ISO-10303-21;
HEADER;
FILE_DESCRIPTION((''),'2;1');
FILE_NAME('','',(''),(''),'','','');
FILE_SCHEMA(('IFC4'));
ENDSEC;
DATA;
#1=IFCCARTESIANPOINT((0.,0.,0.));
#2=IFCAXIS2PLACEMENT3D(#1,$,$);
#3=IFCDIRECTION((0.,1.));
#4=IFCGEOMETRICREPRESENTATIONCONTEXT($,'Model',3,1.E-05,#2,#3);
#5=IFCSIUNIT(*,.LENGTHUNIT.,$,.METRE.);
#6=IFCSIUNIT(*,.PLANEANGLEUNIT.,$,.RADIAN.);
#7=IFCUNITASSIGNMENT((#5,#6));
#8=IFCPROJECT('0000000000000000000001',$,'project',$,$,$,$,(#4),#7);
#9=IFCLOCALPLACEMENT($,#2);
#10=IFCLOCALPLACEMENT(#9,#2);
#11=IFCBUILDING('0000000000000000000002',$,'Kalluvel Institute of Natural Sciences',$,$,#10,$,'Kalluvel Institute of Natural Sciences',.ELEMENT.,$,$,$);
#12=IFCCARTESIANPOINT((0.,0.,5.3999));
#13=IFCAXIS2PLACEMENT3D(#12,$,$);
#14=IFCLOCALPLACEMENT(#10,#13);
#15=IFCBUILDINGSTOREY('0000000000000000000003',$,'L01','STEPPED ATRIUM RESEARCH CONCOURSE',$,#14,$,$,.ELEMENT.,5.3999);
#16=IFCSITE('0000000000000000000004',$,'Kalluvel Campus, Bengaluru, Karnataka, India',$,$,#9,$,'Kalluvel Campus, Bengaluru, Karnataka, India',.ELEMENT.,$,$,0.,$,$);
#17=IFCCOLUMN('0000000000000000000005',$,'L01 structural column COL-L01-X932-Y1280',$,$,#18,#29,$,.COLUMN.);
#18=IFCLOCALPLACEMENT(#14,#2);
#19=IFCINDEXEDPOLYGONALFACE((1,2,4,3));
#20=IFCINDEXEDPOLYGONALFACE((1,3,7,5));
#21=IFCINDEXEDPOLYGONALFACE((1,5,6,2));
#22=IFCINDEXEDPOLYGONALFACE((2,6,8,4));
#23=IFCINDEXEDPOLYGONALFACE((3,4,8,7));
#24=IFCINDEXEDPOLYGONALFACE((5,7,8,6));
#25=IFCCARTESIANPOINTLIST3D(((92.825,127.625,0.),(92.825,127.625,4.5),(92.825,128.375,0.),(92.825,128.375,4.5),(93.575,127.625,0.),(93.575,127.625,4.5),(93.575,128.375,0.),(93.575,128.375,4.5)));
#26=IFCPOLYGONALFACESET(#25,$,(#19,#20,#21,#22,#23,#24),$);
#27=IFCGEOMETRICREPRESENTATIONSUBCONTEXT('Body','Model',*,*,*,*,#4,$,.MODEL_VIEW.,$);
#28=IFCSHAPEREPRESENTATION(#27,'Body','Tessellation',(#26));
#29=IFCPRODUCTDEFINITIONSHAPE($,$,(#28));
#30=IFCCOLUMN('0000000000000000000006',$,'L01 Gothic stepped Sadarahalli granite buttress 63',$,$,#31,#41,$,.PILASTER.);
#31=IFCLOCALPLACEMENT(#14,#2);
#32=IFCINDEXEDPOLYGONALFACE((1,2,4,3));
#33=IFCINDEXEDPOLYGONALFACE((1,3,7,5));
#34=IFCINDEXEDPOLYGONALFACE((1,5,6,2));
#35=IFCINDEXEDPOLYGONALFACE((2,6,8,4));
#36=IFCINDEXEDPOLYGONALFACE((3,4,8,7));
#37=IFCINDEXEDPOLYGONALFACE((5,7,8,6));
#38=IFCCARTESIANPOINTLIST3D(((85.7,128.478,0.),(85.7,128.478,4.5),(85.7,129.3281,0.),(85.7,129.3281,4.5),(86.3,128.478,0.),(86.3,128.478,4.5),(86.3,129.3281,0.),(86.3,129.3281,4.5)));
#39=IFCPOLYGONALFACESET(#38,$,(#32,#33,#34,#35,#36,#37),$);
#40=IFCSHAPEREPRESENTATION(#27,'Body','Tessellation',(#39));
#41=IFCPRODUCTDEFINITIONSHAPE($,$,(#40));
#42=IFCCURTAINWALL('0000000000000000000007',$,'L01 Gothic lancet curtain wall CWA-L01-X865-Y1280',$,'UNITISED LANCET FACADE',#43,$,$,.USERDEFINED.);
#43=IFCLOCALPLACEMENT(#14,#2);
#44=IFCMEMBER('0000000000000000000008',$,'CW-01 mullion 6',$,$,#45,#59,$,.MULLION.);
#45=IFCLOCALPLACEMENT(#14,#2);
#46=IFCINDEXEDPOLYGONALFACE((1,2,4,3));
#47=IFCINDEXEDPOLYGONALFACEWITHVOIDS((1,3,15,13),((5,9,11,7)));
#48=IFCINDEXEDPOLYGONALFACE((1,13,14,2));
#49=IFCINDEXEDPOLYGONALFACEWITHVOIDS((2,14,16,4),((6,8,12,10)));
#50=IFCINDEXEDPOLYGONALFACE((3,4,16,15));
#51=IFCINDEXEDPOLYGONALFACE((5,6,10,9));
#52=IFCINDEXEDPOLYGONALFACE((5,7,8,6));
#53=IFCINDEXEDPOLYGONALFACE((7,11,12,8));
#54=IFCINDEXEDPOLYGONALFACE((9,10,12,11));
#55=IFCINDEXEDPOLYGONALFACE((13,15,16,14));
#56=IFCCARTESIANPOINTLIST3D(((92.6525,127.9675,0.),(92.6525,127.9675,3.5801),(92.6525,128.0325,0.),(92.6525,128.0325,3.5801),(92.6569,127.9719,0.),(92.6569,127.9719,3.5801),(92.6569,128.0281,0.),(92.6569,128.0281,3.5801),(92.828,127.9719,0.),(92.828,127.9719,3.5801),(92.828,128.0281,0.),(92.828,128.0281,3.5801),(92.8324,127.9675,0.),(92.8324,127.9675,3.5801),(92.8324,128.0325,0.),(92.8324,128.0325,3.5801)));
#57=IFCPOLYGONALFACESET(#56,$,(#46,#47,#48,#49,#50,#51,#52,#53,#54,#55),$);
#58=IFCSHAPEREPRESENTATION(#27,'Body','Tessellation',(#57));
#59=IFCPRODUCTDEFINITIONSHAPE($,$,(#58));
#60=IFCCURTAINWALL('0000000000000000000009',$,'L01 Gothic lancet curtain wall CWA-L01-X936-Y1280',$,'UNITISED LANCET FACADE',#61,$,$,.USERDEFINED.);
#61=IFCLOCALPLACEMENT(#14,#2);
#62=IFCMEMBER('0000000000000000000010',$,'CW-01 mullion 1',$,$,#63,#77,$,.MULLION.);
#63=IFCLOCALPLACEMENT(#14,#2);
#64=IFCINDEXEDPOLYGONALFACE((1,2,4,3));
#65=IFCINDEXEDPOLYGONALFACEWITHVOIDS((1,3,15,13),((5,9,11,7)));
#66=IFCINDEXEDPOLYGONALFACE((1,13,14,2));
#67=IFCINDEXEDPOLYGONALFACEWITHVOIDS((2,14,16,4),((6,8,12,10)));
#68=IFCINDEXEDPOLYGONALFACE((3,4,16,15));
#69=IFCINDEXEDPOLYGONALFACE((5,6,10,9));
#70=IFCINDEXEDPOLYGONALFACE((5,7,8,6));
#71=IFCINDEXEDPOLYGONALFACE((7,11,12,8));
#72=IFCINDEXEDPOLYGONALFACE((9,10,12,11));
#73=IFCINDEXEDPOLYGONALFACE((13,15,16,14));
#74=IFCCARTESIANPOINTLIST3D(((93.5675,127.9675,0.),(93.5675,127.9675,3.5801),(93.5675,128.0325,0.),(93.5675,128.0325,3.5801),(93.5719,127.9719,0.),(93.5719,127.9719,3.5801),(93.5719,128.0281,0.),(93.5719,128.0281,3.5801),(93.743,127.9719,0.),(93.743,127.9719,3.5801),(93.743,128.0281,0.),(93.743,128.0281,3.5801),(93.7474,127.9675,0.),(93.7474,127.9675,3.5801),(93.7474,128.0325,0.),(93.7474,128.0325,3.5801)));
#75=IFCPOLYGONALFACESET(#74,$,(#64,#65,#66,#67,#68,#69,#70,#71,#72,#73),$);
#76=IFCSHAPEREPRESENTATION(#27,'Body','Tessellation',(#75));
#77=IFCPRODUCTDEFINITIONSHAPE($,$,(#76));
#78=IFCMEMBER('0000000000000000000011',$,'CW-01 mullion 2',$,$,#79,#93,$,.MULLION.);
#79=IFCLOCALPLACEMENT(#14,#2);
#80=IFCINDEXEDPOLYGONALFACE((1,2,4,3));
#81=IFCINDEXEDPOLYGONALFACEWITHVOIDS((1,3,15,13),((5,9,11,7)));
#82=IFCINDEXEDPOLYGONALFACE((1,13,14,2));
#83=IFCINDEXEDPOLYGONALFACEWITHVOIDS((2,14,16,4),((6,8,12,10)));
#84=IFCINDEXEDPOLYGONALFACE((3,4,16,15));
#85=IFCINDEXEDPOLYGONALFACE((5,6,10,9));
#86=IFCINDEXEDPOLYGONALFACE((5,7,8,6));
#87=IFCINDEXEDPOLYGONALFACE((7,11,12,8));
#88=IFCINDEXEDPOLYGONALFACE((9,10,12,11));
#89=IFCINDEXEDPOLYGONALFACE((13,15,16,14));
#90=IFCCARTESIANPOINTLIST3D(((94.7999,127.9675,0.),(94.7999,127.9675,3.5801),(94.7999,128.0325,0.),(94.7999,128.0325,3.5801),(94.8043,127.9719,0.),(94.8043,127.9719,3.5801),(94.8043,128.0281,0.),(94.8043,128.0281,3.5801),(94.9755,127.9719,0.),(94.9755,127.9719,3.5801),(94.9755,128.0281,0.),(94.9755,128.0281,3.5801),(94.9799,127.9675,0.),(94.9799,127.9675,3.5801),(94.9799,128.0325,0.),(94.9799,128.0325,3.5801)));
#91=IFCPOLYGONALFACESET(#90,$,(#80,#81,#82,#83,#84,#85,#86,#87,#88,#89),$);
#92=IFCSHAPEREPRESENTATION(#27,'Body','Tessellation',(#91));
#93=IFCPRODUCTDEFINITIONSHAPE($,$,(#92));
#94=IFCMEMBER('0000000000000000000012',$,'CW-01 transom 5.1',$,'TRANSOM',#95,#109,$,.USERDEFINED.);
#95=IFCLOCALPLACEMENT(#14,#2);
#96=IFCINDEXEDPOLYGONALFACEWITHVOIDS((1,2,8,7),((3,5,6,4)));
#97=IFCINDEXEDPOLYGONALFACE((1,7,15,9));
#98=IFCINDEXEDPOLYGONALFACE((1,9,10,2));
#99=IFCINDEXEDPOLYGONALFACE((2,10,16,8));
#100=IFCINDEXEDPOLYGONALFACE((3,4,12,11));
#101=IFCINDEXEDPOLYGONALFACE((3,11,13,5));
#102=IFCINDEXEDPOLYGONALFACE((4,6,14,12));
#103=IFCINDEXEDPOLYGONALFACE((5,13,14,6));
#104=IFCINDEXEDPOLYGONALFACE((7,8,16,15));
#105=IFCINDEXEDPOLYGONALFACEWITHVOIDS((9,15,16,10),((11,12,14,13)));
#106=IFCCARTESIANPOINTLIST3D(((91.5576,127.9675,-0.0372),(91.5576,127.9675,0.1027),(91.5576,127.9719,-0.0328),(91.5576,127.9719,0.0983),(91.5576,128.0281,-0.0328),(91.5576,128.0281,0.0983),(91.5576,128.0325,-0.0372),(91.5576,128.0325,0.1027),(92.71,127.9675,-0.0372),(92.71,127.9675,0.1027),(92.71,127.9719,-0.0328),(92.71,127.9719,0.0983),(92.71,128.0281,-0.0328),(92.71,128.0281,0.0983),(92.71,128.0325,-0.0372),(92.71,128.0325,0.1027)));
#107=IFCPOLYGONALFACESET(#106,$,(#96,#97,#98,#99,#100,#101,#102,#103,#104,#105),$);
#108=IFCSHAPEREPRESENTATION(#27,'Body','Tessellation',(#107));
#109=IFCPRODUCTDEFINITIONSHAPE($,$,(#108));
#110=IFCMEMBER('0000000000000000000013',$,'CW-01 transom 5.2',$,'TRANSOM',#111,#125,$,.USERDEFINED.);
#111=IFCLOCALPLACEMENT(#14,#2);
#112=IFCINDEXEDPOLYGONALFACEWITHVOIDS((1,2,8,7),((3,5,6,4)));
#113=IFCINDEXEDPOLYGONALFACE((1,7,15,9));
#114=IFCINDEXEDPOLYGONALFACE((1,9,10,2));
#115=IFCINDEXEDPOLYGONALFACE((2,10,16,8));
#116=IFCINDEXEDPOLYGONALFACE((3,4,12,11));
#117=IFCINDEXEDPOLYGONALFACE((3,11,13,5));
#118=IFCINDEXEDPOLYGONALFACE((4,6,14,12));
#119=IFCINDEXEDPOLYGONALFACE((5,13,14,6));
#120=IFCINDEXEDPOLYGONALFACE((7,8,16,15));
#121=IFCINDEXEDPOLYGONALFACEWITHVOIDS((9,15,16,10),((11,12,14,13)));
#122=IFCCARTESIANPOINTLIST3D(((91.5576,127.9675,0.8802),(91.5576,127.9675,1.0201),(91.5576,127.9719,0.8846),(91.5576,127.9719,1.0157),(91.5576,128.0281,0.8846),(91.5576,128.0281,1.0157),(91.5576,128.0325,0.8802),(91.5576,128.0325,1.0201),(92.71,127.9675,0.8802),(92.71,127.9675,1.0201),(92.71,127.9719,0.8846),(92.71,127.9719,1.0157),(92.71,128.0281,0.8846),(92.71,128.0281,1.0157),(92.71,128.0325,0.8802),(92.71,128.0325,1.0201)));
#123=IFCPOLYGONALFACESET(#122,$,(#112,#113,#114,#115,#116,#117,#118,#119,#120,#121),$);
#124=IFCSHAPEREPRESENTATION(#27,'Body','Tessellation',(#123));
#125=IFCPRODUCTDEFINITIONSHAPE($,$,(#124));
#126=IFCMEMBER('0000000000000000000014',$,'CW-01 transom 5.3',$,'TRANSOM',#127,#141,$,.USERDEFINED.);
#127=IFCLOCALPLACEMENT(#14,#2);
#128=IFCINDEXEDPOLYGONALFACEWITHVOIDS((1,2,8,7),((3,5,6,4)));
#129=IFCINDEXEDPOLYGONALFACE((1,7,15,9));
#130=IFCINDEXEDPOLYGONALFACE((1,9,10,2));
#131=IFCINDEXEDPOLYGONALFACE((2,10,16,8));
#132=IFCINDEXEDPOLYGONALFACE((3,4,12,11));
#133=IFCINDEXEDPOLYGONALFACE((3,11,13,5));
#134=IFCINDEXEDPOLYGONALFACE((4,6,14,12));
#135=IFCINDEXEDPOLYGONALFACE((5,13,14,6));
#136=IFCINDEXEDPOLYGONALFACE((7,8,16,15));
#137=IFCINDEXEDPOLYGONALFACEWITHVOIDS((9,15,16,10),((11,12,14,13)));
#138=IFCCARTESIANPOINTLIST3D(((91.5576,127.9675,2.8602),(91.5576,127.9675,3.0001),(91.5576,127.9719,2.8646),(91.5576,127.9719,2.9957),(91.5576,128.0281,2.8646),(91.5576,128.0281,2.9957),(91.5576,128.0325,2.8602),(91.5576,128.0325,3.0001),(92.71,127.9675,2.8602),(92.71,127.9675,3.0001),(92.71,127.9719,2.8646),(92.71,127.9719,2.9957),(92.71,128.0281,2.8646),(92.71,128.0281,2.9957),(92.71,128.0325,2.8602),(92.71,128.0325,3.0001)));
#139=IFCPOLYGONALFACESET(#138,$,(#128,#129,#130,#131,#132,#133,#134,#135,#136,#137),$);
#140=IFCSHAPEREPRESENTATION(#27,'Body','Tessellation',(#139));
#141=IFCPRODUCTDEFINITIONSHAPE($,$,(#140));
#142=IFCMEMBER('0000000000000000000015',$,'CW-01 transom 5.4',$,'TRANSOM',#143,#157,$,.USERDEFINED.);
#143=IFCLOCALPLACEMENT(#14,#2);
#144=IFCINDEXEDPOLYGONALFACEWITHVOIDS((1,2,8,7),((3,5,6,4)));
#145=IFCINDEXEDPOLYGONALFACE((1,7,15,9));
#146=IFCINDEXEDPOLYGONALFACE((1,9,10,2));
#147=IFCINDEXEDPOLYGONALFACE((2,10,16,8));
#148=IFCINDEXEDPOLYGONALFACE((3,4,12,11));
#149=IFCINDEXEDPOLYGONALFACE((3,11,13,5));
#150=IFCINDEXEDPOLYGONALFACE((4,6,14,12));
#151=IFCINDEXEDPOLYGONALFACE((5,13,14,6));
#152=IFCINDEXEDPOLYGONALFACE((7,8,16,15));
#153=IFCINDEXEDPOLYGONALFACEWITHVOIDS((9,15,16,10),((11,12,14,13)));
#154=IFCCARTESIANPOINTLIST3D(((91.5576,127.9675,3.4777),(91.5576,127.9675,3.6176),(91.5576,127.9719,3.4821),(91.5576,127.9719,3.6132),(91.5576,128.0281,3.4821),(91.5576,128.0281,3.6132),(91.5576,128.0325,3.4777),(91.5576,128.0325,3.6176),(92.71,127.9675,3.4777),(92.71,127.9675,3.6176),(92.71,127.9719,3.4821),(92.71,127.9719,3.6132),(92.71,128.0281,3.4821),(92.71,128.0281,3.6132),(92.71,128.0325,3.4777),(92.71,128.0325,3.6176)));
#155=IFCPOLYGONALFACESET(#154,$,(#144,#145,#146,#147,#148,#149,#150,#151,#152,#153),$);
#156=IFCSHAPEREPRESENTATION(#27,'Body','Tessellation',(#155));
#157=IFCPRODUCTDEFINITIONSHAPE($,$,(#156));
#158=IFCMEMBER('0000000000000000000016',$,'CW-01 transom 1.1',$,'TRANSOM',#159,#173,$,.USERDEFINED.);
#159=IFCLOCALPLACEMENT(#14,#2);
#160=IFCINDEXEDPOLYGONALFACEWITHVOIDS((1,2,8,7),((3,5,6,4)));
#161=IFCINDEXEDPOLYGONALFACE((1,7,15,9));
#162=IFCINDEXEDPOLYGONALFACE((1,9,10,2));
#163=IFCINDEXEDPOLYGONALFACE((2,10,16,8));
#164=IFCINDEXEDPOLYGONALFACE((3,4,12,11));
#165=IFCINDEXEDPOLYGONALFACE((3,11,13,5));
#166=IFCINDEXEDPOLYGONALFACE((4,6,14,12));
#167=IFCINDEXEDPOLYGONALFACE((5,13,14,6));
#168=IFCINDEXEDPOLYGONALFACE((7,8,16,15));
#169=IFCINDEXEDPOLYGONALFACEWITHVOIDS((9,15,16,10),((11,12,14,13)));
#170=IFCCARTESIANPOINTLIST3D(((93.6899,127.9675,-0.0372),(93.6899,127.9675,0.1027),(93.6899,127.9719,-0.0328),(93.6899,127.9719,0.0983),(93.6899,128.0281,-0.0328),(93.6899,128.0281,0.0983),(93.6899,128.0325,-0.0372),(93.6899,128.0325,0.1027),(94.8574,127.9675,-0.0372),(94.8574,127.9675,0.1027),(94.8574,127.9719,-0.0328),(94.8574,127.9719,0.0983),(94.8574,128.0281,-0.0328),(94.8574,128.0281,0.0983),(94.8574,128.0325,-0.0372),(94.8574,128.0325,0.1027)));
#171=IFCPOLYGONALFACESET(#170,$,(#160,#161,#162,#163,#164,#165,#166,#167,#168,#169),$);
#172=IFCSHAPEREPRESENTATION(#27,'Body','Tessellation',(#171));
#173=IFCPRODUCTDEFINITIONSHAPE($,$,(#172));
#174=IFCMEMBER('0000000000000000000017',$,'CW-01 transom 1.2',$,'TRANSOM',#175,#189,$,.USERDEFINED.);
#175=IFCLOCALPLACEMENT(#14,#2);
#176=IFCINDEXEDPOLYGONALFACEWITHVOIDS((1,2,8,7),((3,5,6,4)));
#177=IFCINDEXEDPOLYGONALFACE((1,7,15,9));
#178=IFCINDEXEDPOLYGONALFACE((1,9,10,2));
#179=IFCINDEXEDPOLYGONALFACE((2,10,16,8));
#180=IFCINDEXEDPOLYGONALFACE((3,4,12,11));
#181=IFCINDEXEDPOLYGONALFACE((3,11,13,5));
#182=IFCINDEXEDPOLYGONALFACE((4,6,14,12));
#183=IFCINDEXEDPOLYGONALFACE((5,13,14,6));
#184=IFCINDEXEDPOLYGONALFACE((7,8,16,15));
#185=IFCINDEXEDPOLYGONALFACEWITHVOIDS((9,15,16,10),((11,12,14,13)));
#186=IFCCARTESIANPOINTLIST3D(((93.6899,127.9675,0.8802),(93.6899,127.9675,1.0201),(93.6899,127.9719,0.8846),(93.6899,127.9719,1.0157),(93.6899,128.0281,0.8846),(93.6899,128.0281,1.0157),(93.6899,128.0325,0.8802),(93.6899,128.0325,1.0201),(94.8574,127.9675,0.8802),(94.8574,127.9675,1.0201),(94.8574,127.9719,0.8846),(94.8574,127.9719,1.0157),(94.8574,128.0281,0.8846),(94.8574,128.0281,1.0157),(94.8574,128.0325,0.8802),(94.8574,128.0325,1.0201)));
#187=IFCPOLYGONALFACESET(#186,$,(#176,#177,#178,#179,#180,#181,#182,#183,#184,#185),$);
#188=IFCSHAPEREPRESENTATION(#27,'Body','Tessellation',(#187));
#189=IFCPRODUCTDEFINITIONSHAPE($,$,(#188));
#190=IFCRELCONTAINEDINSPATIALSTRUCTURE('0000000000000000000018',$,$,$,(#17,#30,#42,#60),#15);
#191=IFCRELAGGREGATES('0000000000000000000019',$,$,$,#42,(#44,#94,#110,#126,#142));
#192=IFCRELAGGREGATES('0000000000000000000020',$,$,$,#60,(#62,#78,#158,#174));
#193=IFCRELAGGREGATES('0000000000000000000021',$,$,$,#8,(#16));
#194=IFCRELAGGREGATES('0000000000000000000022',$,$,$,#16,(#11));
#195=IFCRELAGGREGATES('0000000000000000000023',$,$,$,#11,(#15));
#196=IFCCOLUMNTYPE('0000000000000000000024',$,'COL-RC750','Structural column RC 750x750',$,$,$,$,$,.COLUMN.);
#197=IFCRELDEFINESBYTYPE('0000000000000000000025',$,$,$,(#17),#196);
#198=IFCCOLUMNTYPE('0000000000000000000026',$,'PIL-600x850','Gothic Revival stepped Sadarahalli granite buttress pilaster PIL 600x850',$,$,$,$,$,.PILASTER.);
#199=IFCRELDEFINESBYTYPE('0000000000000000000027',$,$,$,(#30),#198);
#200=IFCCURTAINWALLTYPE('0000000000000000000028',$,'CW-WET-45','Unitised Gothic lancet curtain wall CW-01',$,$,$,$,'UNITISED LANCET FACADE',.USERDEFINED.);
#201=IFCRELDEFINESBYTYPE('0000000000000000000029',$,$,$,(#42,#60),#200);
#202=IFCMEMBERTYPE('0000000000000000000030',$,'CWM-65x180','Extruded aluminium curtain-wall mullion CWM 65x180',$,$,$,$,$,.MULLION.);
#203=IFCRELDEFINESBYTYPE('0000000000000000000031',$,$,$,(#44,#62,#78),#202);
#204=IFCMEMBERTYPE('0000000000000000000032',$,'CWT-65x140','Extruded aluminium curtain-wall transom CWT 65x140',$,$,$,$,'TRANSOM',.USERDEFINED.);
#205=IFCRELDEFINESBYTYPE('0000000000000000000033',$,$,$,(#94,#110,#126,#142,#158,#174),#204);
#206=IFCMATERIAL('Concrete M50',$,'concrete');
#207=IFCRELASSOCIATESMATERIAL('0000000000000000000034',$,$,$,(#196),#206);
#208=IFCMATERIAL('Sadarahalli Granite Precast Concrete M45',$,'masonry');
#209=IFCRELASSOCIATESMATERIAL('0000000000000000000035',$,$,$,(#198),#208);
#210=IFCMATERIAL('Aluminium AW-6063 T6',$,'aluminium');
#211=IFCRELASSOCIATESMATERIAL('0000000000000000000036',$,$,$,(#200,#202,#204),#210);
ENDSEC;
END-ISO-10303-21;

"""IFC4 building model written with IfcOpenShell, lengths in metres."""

from ifc_helpers import new_model, si_unit, direction, frame, origin, origin_2d, place, context, subcontext, project, spatial, rectangle, hollow_rectangle, extrude, material, material_profile, profile_set, type_object, element, aggregate, save


model = new_model("IFC4")

# Units and contexts
model_context = context("Model", 3, precision=1e-05, world=origin(), true_north=direction((0.0, 1.0)))
body_context = subcontext(model_context, "Body", "Model", "MODEL_VIEW")
ifc_project = project(units=[si_unit("LENGTHUNIT", "METRE"), si_unit("PLANEANGLEUNIT", "RADIAN")], contexts=[model_context])

# Site, building, storey
site_placement = place(None, origin())
site = spatial("IfcSite", under=ifc_project, at=site_placement, Name="Kalluvel Campus, Bengaluru, Karnataka, India", LongName="Kalluvel Campus, Bengaluru, Karnataka, India", CompositionType="ELEMENT", RefElevation=0.0)
building_placement = place(site_placement, origin())
building = spatial("IfcBuilding", under=site, at=building_placement, Name="Kalluvel Institute of Natural Sciences", LongName="Kalluvel Institute of Natural Sciences", CompositionType="ELEMENT")
storey_placement = place(building_placement, frame((0.0, 0.0, 5.3999)))
storey = spatial("IfcBuildingStorey", under=building, at=storey_placement, Name="L01", Description="STEPPED ATRIUM RESEARCH CONCOURSE", CompositionType="ELEMENT", Elevation=5.3999)

# Columns
ifc_material_1 = material(Name="Concrete M50", Category="concrete")
ifc_material_profile_1 = material_profile(ifc_material_1, rectangle(XDim=0.75, YDim=0.75, at=origin_2d()), Name="RC 750x750")
ifc_profile_set_1 = profile_set([ifc_material_profile_1], Name="Concrete M50")
column_type_1 = type_object("IfcColumnType", Name="COL-RC750", Description="Structural column RC 750x750", PredefinedType="COLUMN", material=ifc_profile_set_1)
column_1_placement = place(storey_placement, frame((93.2, 128.0, 0.0), z_axis=(0.0, 0.0, 1.0), x_axis=(1.0, 0.0, 0.0)))
element("IfcColumn", 1, at=column_1_placement, inside=storey, type_object=column_type_1, Name="L01 structural column COL-L01-X932-Y1280", PredefinedType="COLUMN", context=body_context, shape_type="SweptSolid", body=[
    extrude(rectangle(XDim=0.75, YDim=0.75, at=origin_2d()), origin(), (0.0, 0.0, 1.0), 4.5),
])
ifc_material_2 = material(Name="Sadarahalli Granite Precast Concrete M45", Category="masonry")
ifc_material_profile_2 = material_profile(ifc_material_2, rectangle(XDim=0.6001, YDim=0.8501, at=origin_2d()), Name="PIL 600x850")
ifc_profile_set_2 = profile_set([ifc_material_profile_2], Name="Sadarahalli Granite Precast Concrete M45")
column_type_2 = type_object("IfcColumnType", Name="PIL-600x850", Description="Gothic Revival stepped Sadarahalli granite buttress pilaster PIL 600x850", PredefinedType="PILASTER", material=ifc_profile_set_2)
column_2_placement = place(storey_placement, frame((86.0, 128.9031, 0.0), z_axis=(0.0, 0.0, 1.0), x_axis=(1.0, 0.0, 0.0)))
element("IfcColumn", 2, at=column_2_placement, inside=storey, type_object=column_type_2, Name="L01 Gothic stepped Sadarahalli granite buttress 63", PredefinedType="PILASTER", context=body_context, shape_type="SweptSolid", body=[
    extrude(rectangle(XDim=0.6001, YDim=0.8501, at=origin_2d()), origin(), (0.0, 0.0, 1.0), 4.5),
])

# Curtain wall, member
ifc_material_3 = material(Name="Aluminium AW-6063 T6", Category="aluminium")
curtain_wall_type = type_object("IfcCurtainWallType", Name="CW-WET-45", Description="Unitised Gothic lancet curtain wall CW-01", ElementType="UNITISED LANCET FACADE", PredefinedType="USERDEFINED", material=ifc_material_3)
curtain_wall_1_placement = place(storey_placement, origin())
curtain_wall_1 = element("IfcCurtainWall", 3, at=curtain_wall_1_placement, inside=storey, type_object=curtain_wall_type, Name="L01 Gothic lancet curtain wall CWA-L01-X865-Y1280", ObjectType="UNITISED LANCET FACADE", PredefinedType="USERDEFINED")
ifc_material_profile_3 = material_profile(ifc_material_3, hollow_rectangle(XDim=0.0649, YDim=0.1799, WallThickness=0.0044, at=origin_2d()), Name="CWM 65x180")
ifc_profile_set_3 = profile_set([ifc_material_profile_3], Name="Aluminium AW-6063 T6")
member_type_1 = type_object("IfcMemberType", Name="CWM-65x180", Description="Extruded aluminium curtain-wall mullion CWM 65x180", PredefinedType="MULLION", material=ifc_profile_set_3)
member_1_placement = place(storey_placement, frame((92.7424, 128.0, 0.0), z_axis=(0.0, 0.0, 1.0), x_axis=(0.0, 1.0, 0.0)))
member_1 = element("IfcMember", 4, at=member_1_placement, type_object=member_type_1, Name="CW-01 mullion 6", PredefinedType="MULLION", context=body_context, shape_type="SweptSolid", body=[
    extrude(hollow_rectangle(XDim=0.0649, YDim=0.1799, WallThickness=0.0044, at=origin_2d()), origin(), (0.0, 0.0, 1.0), 3.5801),
])

# Curtain wall, members
curtain_wall_2_placement = place(storey_placement, origin())
curtain_wall_2 = element("IfcCurtainWall", 5, at=curtain_wall_2_placement, inside=storey, type_object=curtain_wall_type, Name="L01 Gothic lancet curtain wall CWA-L01-X936-Y1280", ObjectType="UNITISED LANCET FACADE", PredefinedType="USERDEFINED")
member_2_placement = place(storey_placement, frame((93.6575, 128.0, 0.0), z_axis=(0.0, 0.0, 1.0), x_axis=(0.0, 1.0, 0.0)))
member_2 = element("IfcMember", 6, at=member_2_placement, type_object=member_type_1, Name="CW-01 mullion 1", PredefinedType="MULLION", context=body_context, shape_type="SweptSolid", body=[
    extrude(hollow_rectangle(XDim=0.0649, YDim=0.1799, WallThickness=0.0044, at=origin_2d()), origin(), (0.0, 0.0, 1.0), 3.5801),
])
member_3_placement = place(storey_placement, frame((94.8899, 128.0, 0.0), z_axis=(0.0, 0.0, 1.0), x_axis=(0.0, 1.0, 0.0)))
member_3 = element("IfcMember", 7, at=member_3_placement, type_object=member_type_1, Name="CW-01 mullion 2", PredefinedType="MULLION", context=body_context, shape_type="SweptSolid", body=[
    extrude(hollow_rectangle(XDim=0.0649, YDim=0.1799, WallThickness=0.0044, at=origin_2d()), origin(), (0.0, 0.0, 1.0), 3.5801),
])

# Members
ifc_material_profile_4 = material_profile(ifc_material_3, hollow_rectangle(XDim=0.0649, YDim=0.1399, WallThickness=0.0044, at=origin_2d()), Name="CWT 65x140")
ifc_profile_set_4 = profile_set([ifc_material_profile_4], Name="Aluminium AW-6063 T6")
member_type_2 = type_object("IfcMemberType", Name="CWT-65x140", Description="Extruded aluminium curtain-wall transom CWT 65x140", ElementType="TRANSOM", PredefinedType="USERDEFINED", material=ifc_profile_set_4)
member_4_placement = place(storey_placement, frame((91.5576, 128.0, 0.0327), z_axis=(1.0, 0.0, 0.0), x_axis=(0.0, 1.0, 0.0)))
member_4 = element("IfcMember", 8, at=member_4_placement, type_object=member_type_2, Name="CW-01 transom 5.1", ObjectType="TRANSOM", PredefinedType="USERDEFINED", context=body_context, shape_type="SweptSolid", body=[
    extrude(hollow_rectangle(XDim=0.0649, YDim=0.1399, WallThickness=0.0044, at=origin_2d()), origin(), (0.0, 0.0, 1.0), 1.1523),
])
member_5_placement = place(storey_placement, frame((91.5576, 128.0, 0.9502), z_axis=(1.0, 0.0, 0.0), x_axis=(0.0, 1.0, 0.0)))
member_5 = element("IfcMember", 9, at=member_5_placement, type_object=member_type_2, Name="CW-01 transom 5.2", ObjectType="TRANSOM", PredefinedType="USERDEFINED", context=body_context, shape_type="SweptSolid", body=[
    extrude(hollow_rectangle(XDim=0.0649, YDim=0.1399, WallThickness=0.0044, at=origin_2d()), origin(), (0.0, 0.0, 1.0), 1.1523),
])
member_6_placement = place(storey_placement, frame((91.5576, 128.0, 2.9302), z_axis=(1.0, 0.0, 0.0), x_axis=(0.0, 1.0, 0.0)))
member_6 = element("IfcMember", 10, at=member_6_placement, type_object=member_type_2, Name="CW-01 transom 5.3", ObjectType="TRANSOM", PredefinedType="USERDEFINED", context=body_context, shape_type="SweptSolid", body=[
    extrude(hollow_rectangle(XDim=0.0649, YDim=0.1399, WallThickness=0.0044, at=origin_2d()), origin(), (0.0, 0.0, 1.0), 1.1523),
])
member_7_placement = place(storey_placement, frame((91.5576, 128.0, 3.5476), z_axis=(1.0, 0.0, 0.0), x_axis=(0.0, 1.0, 0.0)))
member_7 = element("IfcMember", 11, at=member_7_placement, type_object=member_type_2, Name="CW-01 transom 5.4", ObjectType="TRANSOM", PredefinedType="USERDEFINED", context=body_context, shape_type="SweptSolid", body=[
    extrude(hollow_rectangle(XDim=0.0649, YDim=0.1399, WallThickness=0.0044, at=origin_2d()), origin(), (0.0, 0.0, 1.0), 1.1523),
])
member_8_placement = place(storey_placement, frame((93.6899, 128.0, 0.0327), z_axis=(1.0, 0.0, 0.0), x_axis=(0.0, 1.0, 0.0)))
member_8 = element("IfcMember", 12, at=member_8_placement, type_object=member_type_2, Name="CW-01 transom 1.1", ObjectType="TRANSOM", PredefinedType="USERDEFINED", context=body_context, shape_type="SweptSolid", body=[
    extrude(hollow_rectangle(XDim=0.0649, YDim=0.1399, WallThickness=0.0044, at=origin_2d()), origin(), (0.0, 0.0, 1.0), 1.1675),
])
member_9_placement = place(storey_placement, frame((93.6899, 128.0, 0.9502), z_axis=(1.0, 0.0, 0.0), x_axis=(0.0, 1.0, 0.0)))
member_9 = element("IfcMember", 13, at=member_9_placement, type_object=member_type_2, Name="CW-01 transom 1.2", ObjectType="TRANSOM", PredefinedType="USERDEFINED", context=body_context, shape_type="SweptSolid", body=[
    extrude(hollow_rectangle(XDim=0.0649, YDim=0.1399, WallThickness=0.0044, at=origin_2d()), origin(), (0.0, 0.0, 1.0), 1.1675),
])

aggregate(curtain_wall_1, [member_1, member_4, member_5, member_6, member_7])
aggregate(curtain_wall_2, [member_2, member_3, member_8, member_9])

save(model, "model.ifc")
